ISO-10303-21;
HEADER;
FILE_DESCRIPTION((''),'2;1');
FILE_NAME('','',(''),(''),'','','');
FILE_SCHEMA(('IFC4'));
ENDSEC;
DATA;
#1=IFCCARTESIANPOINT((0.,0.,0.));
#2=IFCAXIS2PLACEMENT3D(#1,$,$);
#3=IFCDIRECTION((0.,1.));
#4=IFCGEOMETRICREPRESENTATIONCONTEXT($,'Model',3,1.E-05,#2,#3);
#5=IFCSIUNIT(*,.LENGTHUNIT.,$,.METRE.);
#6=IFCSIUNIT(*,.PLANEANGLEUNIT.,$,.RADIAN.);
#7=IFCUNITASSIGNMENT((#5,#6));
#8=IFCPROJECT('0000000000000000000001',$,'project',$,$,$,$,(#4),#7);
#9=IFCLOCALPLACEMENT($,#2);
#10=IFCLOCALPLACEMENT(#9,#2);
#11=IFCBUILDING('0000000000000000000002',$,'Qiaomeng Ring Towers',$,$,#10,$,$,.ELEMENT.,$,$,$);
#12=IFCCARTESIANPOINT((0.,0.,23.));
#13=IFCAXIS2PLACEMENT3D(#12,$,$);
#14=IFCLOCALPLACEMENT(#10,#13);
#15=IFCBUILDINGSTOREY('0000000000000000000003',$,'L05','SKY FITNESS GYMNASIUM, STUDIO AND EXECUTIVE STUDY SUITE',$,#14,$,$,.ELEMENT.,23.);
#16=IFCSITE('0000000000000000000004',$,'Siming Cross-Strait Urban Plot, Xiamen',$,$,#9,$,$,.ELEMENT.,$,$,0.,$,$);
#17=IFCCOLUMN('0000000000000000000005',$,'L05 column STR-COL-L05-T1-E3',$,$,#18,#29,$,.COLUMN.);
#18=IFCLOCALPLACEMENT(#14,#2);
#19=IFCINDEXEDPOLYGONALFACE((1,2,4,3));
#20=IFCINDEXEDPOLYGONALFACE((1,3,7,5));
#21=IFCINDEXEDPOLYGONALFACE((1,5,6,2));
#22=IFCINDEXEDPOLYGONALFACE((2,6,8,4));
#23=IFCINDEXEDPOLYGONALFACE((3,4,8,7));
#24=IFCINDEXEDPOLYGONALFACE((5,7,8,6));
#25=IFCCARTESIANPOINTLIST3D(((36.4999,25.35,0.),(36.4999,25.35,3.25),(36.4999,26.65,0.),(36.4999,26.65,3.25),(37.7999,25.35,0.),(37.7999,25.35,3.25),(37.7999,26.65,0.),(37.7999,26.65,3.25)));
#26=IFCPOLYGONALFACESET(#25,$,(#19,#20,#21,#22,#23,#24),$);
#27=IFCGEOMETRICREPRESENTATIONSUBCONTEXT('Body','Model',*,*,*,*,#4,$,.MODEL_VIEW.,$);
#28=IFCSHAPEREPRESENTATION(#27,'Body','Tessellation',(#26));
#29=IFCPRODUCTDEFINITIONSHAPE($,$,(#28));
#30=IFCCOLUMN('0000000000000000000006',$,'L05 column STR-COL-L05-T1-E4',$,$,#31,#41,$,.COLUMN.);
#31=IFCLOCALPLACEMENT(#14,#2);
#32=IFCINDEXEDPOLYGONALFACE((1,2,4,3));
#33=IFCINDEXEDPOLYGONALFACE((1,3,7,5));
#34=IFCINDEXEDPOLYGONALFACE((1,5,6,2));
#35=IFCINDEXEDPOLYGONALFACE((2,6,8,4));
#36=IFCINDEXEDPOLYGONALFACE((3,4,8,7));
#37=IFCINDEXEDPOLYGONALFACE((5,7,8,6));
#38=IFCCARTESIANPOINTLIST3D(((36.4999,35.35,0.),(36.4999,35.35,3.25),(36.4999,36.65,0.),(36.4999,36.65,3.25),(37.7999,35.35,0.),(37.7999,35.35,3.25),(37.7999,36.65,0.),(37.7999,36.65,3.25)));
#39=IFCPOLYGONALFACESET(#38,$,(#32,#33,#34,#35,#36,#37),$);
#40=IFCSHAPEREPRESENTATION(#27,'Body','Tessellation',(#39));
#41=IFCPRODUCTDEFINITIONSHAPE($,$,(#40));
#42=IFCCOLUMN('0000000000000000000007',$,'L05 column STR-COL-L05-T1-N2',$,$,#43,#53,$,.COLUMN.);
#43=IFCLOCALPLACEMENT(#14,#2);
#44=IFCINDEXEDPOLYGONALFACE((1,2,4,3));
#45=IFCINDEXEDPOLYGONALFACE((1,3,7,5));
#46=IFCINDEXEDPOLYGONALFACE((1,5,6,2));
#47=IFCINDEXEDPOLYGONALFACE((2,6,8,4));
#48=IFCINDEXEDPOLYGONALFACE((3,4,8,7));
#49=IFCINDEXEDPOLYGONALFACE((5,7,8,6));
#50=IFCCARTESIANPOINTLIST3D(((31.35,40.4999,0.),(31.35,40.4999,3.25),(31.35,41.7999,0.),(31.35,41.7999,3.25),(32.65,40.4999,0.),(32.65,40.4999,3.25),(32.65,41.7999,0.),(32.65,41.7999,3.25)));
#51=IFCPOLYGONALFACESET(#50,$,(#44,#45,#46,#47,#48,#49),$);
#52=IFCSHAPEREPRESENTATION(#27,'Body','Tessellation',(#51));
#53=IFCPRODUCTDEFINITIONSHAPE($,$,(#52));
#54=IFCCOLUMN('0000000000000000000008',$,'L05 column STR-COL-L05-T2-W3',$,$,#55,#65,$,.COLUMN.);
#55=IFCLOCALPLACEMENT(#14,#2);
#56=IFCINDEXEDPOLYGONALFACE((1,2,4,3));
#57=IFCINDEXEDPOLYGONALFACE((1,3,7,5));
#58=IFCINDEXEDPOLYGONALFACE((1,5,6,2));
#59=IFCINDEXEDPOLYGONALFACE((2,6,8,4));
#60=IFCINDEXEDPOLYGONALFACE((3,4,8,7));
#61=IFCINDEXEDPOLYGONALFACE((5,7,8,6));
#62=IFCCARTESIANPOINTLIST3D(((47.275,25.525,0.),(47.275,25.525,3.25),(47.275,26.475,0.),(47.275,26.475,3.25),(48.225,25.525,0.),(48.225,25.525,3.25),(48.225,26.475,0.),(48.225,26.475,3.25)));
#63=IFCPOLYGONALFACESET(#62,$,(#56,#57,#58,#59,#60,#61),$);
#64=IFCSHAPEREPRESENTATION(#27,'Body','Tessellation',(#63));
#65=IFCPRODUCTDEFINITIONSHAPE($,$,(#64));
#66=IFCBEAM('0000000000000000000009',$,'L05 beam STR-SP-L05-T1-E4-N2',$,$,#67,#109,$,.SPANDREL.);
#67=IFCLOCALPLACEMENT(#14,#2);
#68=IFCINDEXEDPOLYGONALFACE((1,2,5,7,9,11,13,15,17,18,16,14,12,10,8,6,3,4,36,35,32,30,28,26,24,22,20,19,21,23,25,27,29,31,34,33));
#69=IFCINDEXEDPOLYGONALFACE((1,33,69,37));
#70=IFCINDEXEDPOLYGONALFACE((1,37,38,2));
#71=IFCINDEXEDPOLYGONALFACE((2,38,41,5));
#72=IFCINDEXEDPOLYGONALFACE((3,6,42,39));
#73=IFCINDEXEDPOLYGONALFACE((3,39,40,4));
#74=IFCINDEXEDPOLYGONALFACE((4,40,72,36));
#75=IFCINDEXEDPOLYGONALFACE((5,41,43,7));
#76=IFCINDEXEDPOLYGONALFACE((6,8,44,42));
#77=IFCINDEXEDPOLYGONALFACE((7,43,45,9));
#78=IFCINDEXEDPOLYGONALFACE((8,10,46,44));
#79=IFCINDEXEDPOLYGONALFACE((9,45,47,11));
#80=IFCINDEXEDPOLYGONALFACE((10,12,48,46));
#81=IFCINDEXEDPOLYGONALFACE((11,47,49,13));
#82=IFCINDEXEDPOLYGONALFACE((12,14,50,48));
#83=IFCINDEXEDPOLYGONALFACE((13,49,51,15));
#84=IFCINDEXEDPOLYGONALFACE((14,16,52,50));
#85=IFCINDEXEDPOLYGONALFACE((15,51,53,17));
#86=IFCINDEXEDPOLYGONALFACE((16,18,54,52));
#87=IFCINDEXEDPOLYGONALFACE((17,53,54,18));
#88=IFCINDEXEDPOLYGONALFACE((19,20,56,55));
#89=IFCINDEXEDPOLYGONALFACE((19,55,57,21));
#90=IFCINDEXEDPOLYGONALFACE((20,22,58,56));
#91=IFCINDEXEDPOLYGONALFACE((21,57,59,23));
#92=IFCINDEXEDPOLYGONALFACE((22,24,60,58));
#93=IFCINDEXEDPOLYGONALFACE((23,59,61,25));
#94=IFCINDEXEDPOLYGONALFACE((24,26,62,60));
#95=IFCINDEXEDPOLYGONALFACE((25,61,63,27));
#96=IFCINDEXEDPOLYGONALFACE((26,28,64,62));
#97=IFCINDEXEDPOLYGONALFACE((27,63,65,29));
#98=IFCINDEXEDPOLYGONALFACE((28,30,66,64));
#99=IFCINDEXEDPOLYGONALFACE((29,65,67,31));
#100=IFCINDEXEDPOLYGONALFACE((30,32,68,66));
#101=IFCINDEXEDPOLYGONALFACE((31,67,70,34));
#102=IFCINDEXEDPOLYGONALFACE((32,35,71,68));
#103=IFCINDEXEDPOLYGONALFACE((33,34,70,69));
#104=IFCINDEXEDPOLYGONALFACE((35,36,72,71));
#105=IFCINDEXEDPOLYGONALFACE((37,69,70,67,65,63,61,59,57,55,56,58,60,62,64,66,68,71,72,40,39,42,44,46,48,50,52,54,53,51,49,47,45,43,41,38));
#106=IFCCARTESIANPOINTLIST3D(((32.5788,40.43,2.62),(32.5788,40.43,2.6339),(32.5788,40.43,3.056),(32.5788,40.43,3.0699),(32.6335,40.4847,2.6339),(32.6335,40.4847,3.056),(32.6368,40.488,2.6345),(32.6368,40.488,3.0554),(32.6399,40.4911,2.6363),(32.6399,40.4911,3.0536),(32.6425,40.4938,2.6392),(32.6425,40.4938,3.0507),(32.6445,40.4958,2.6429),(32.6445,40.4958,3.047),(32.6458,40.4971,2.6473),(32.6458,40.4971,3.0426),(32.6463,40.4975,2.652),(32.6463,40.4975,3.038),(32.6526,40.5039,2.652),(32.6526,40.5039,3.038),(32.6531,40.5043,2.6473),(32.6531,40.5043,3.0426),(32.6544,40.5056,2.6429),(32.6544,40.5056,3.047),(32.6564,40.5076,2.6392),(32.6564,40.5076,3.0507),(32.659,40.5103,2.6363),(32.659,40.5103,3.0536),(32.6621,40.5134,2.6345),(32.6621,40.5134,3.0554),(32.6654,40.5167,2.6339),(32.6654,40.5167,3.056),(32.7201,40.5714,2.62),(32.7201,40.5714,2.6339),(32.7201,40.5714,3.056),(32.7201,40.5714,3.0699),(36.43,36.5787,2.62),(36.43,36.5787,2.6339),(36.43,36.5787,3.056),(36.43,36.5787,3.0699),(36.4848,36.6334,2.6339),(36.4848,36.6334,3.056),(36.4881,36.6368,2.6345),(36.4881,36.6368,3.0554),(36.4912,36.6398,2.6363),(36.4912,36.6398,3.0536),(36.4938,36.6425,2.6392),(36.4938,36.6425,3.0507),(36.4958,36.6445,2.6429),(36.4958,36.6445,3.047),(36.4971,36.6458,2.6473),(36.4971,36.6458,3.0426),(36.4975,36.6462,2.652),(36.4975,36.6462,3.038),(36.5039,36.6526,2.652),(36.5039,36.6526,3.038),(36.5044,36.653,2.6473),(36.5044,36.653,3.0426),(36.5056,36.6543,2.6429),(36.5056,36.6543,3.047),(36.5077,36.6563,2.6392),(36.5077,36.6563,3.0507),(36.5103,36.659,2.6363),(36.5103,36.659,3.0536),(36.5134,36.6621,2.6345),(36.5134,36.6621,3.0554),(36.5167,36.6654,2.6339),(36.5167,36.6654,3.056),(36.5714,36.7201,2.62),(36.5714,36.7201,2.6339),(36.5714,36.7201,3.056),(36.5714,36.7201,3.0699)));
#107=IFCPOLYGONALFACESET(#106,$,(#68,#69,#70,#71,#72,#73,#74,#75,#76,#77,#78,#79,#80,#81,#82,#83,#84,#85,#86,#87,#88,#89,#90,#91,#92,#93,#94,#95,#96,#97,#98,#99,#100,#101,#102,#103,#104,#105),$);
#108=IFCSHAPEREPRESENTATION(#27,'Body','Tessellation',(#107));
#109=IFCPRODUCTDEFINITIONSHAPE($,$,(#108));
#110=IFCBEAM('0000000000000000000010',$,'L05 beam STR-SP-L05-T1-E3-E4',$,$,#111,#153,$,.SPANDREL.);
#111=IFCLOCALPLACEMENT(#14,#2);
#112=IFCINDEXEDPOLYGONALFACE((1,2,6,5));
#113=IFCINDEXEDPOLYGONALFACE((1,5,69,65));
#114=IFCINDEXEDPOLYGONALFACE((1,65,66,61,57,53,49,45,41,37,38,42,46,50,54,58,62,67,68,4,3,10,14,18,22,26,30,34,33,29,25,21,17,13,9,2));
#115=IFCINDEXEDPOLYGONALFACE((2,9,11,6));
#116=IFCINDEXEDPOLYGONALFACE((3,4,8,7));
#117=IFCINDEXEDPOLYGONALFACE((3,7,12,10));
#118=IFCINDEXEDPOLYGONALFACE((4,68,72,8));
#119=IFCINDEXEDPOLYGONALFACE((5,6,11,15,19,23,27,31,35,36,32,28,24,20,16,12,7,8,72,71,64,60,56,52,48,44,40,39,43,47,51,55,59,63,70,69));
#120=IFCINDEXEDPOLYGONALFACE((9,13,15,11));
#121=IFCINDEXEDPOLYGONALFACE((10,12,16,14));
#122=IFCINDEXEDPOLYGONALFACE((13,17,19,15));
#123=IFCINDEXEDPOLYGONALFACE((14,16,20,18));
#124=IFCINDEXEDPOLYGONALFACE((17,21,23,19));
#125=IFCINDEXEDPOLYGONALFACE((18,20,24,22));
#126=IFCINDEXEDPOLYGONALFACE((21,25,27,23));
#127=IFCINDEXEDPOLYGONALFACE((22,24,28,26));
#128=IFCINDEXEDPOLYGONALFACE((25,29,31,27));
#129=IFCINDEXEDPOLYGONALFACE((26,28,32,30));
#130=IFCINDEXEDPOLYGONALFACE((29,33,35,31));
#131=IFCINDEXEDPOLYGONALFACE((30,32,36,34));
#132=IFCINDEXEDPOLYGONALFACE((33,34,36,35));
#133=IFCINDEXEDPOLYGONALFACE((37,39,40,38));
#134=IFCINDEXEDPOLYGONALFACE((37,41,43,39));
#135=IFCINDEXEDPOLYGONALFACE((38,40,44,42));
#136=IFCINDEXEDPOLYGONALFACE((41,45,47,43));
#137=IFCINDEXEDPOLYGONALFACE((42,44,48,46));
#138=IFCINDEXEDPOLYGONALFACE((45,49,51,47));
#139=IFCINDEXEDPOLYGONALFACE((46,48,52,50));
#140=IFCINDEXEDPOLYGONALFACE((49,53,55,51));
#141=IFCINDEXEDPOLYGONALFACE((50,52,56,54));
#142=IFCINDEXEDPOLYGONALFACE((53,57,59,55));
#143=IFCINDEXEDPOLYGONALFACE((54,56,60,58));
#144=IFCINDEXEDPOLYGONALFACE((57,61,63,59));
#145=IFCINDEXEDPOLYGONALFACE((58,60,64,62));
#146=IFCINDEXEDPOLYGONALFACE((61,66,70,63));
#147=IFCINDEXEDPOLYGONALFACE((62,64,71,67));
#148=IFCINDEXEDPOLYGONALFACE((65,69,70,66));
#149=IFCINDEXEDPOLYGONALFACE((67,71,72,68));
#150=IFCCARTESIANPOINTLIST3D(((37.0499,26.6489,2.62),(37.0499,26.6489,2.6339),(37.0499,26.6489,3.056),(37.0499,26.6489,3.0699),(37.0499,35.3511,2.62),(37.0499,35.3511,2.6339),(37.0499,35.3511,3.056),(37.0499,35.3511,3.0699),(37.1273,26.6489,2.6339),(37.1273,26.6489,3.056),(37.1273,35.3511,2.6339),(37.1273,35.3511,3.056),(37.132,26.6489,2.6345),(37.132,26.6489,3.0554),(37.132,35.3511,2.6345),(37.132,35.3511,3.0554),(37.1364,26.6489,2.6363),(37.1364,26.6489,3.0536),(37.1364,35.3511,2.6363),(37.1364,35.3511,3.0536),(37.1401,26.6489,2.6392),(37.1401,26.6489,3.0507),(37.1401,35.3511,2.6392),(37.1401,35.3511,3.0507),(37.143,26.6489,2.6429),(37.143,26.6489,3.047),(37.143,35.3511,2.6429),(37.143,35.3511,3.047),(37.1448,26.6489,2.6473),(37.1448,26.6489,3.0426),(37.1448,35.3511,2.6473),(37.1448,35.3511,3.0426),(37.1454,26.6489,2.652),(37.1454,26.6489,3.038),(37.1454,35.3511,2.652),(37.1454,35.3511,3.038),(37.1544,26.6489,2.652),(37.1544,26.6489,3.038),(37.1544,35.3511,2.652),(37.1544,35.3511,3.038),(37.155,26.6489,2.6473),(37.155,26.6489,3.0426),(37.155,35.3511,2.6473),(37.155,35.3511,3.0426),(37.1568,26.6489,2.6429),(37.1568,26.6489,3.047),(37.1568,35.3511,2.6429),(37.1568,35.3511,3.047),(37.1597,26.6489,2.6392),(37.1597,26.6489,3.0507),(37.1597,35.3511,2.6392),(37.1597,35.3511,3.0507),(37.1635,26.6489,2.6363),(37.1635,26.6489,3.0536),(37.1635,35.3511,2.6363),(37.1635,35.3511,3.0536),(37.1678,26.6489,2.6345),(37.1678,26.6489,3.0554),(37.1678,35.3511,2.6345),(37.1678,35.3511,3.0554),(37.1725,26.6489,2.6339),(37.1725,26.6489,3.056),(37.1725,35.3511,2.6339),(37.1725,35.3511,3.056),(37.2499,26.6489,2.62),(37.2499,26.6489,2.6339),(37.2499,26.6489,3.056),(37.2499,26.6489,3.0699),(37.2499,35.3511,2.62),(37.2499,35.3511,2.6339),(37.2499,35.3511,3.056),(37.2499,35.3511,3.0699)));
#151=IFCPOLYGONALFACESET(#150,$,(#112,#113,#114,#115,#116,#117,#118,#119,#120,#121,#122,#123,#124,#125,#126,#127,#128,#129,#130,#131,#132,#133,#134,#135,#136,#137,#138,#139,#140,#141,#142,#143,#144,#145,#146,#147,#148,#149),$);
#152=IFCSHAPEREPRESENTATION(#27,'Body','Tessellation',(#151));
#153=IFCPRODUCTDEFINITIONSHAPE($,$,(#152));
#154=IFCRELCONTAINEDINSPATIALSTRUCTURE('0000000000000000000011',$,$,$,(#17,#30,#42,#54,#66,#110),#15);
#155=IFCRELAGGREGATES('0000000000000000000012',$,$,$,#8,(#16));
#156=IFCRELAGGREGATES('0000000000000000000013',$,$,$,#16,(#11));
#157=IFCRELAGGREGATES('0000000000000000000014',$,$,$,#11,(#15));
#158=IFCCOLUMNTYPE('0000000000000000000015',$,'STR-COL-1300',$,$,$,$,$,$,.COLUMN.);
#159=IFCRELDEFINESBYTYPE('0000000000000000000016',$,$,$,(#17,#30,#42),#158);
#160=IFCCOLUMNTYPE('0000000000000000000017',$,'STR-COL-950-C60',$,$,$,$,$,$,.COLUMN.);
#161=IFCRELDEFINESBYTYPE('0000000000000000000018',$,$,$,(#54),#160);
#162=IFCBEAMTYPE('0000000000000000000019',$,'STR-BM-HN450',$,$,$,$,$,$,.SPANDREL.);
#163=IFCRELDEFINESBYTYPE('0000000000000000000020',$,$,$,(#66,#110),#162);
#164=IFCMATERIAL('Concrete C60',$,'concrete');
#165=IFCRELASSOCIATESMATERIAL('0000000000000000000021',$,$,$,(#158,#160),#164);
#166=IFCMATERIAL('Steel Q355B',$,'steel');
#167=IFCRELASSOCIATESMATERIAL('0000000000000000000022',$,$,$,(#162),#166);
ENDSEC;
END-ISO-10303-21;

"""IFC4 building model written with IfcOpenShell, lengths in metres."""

from ifc_helpers import new_model, si_unit, direction, frame, origin, origin_2d, place, context, subcontext, project, spatial, rectangle, i_section, extrude, source, transform, mapped, material, material_profile, profile_set, type_object, element, save


model = new_model("IFC4")

# Units and contexts
model_context = context("Model", 3, precision=1e-05, world=origin(), true_north=direction((0.0, 1.0)))
body_context = subcontext(model_context, "Body", "Model", "MODEL_VIEW")
ifc_project = project(units=[si_unit("LENGTHUNIT", "METRE"), si_unit("PLANEANGLEUNIT", "RADIAN")], contexts=[model_context])

# Site, building, storey
site_placement = place(None, origin())
site = spatial("IfcSite", under=ifc_project, at=site_placement, Name="Siming Cross-Strait Urban Plot, Xiamen", CompositionType="ELEMENT", RefElevation=0.0)
building_placement = place(site_placement, origin())
building = spatial("IfcBuilding", under=site, at=building_placement, Name="Qiaomeng Ring Towers", CompositionType="ELEMENT")
storey_placement = place(building_placement, frame((0.0, 0.0, 23.0)))
storey = spatial("IfcBuildingStorey", under=building, at=storey_placement, Name="L05", Description="SKY FITNESS GYMNASIUM, STUDIO AND EXECUTIVE STUDY SUITE", CompositionType="ELEMENT", Elevation=23.0)

# Columns
ifc_material_1 = material(Name="Concrete C60", Category="concrete")
ifc_material_profile_1 = material_profile(ifc_material_1, rectangle(XDim=1.3, YDim=1.3, at=origin_2d()), Name="RC COL 1300x1300")
ifc_profile_set_1 = profile_set([ifc_material_profile_1], Name="Concrete C60")
column_type_1 = type_object("IfcColumnType", Name="STR-COL-1300", PredefinedType="COLUMN", material=ifc_profile_set_1)
shared_shape_1 = source(origin(), body_context, "Body", "SweptSolid", [
    extrude(rectangle(XDim=1.3, YDim=1.3, at=origin_2d()), origin(), (0.0, 0.0, 1.0), 3.25),
])
for number, where, z_axis, x_axis, name in (
    (1, (37.1499, 26.0, 0.0), (0.0, 0.0, 1.0), (1.0, 0.0, 0.0), "L05 column STR-COL-L05-T1-E3"),
    (2, (37.1499, 36.0, 0.0), (0.0, 0.0, 1.0), (1.0, 0.0, 0.0), "L05 column STR-COL-L05-T1-E4"),
    (3, (32.0, 41.1499, 0.0), (0.0, 0.0, 1.0), (1.0, 0.0, 0.0), "L05 column STR-COL-L05-T1-N2"),
):
    element("IfcColumn", number, at=place(storey_placement, frame(where, z_axis=z_axis, x_axis=x_axis)), inside=storey, type_object=column_type_1, Name=name, PredefinedType="COLUMN", context=body_context, shape_type="MappedRepresentation", body=[
        mapped(shared_shape_1, transform((0.0, 0.0, 0.0), x_axis=(1.0, 0.0, 0.0), y_axis=(0.0, 1.0, 0.0), z_axis=(0.0, 0.0, 1.0), scale=1.0)),
    ])
ifc_material_profile_2 = material_profile(ifc_material_1, rectangle(XDim=0.95, YDim=0.95, at=origin_2d()), Name="RC COL 950x950")
ifc_profile_set_2 = profile_set([ifc_material_profile_2], Name="Concrete C60")
column_type_2 = type_object("IfcColumnType", Name="STR-COL-950-C60", PredefinedType="COLUMN", material=ifc_profile_set_2)
shared_shape_2 = source(origin(), body_context, "Body", "SweptSolid", [
    extrude(rectangle(XDim=0.95, YDim=0.95, at=origin_2d()), origin(), (0.0, 0.0, 1.0), 3.25),
])
column_placement = place(storey_placement, frame((47.75, 26.0, 0.0), z_axis=(0.0, 0.0, 1.0), x_axis=(1.0, 0.0, 0.0)))
element("IfcColumn", 4, at=column_placement, inside=storey, type_object=column_type_2, Name="L05 column STR-COL-L05-T2-W3", PredefinedType="COLUMN", context=body_context, shape_type="MappedRepresentation", body=[
    mapped(shared_shape_2, transform((0.0, 0.0, 0.0), x_axis=(1.0, 0.0, 0.0), y_axis=(0.0, 1.0, 0.0), z_axis=(0.0, 0.0, 1.0), scale=1.0)),
])

# Beams
ifc_material_2 = material(Name="Steel Q355B", Category="steel")
ifc_material_profile_3 = material_profile(ifc_material_2, i_section(OverallWidth=0.2, OverallDepth=0.45, WebThickness=0.009, FlangeThickness=0.0139, FilletRadius=0.0181, at=origin_2d()), Name="HN 450x200x9x14")
ifc_profile_set_3 = profile_set([ifc_material_profile_3], Name="Steel Q355B")
beam_type_1 = type_object("IfcBeamType", Name="STR-BM-HN450", PredefinedType="SPANDREL", material=ifc_profile_set_3)
shared_shape_3 = source(origin(), body_context, "Body", "SweptSolid", [
    extrude(i_section(OverallWidth=0.2, OverallDepth=0.45, WebThickness=0.009, FlangeThickness=0.0139, FilletRadius=0.0181, at=origin_2d()), origin(), (0.0, 0.0, 1.0), 5.4465),
])
beam_1_placement = place(storey_placement, frame((36.5007, 36.6494, 2.845), z_axis=(-0.707107, 0.707107, 0.0), x_axis=(-0.707107, -0.707107, 0.0)))
element("IfcBeam", 5, at=beam_1_placement, inside=storey, type_object=beam_type_1, Name="L05 beam STR-SP-L05-T1-E4-N2", PredefinedType="SPANDREL", context=body_context, shape_type="MappedRepresentation", body=[
    mapped(shared_shape_3, transform((0.0, 0.0, 0.0), x_axis=(1.0, 0.0, 0.0), y_axis=(0.0, 1.0, 0.0), z_axis=(0.0, 0.0, 1.0), scale=1.0)),
])
shared_shape_4 = source(origin(), body_context, "Body", "SweptSolid", [
    extrude(i_section(OverallWidth=0.2, OverallDepth=0.45, WebThickness=0.009, FlangeThickness=0.0139, FilletRadius=0.0181, at=origin_2d()), origin(), (0.0, 0.0, 1.0), 8.7021),
])
beam_2_placement = place(storey_placement, frame((37.1499, 26.6489, 2.845), z_axis=(0.0, 1.0, 0.0), x_axis=(-1.0, 0.0, 0.0)))
element("IfcBeam", 6, at=beam_2_placement, inside=storey, type_object=beam_type_1, Name="L05 beam STR-SP-L05-T1-E3-E4", PredefinedType="SPANDREL", context=body_context, shape_type="MappedRepresentation", body=[
    mapped(shared_shape_4, transform((0.0, 0.0, 0.0), x_axis=(1.0, 0.0, 0.0), y_axis=(0.0, 1.0, 0.0), z_axis=(0.0, 0.0, 1.0), scale=1.0)),
])

save(model, "model.ifc")
